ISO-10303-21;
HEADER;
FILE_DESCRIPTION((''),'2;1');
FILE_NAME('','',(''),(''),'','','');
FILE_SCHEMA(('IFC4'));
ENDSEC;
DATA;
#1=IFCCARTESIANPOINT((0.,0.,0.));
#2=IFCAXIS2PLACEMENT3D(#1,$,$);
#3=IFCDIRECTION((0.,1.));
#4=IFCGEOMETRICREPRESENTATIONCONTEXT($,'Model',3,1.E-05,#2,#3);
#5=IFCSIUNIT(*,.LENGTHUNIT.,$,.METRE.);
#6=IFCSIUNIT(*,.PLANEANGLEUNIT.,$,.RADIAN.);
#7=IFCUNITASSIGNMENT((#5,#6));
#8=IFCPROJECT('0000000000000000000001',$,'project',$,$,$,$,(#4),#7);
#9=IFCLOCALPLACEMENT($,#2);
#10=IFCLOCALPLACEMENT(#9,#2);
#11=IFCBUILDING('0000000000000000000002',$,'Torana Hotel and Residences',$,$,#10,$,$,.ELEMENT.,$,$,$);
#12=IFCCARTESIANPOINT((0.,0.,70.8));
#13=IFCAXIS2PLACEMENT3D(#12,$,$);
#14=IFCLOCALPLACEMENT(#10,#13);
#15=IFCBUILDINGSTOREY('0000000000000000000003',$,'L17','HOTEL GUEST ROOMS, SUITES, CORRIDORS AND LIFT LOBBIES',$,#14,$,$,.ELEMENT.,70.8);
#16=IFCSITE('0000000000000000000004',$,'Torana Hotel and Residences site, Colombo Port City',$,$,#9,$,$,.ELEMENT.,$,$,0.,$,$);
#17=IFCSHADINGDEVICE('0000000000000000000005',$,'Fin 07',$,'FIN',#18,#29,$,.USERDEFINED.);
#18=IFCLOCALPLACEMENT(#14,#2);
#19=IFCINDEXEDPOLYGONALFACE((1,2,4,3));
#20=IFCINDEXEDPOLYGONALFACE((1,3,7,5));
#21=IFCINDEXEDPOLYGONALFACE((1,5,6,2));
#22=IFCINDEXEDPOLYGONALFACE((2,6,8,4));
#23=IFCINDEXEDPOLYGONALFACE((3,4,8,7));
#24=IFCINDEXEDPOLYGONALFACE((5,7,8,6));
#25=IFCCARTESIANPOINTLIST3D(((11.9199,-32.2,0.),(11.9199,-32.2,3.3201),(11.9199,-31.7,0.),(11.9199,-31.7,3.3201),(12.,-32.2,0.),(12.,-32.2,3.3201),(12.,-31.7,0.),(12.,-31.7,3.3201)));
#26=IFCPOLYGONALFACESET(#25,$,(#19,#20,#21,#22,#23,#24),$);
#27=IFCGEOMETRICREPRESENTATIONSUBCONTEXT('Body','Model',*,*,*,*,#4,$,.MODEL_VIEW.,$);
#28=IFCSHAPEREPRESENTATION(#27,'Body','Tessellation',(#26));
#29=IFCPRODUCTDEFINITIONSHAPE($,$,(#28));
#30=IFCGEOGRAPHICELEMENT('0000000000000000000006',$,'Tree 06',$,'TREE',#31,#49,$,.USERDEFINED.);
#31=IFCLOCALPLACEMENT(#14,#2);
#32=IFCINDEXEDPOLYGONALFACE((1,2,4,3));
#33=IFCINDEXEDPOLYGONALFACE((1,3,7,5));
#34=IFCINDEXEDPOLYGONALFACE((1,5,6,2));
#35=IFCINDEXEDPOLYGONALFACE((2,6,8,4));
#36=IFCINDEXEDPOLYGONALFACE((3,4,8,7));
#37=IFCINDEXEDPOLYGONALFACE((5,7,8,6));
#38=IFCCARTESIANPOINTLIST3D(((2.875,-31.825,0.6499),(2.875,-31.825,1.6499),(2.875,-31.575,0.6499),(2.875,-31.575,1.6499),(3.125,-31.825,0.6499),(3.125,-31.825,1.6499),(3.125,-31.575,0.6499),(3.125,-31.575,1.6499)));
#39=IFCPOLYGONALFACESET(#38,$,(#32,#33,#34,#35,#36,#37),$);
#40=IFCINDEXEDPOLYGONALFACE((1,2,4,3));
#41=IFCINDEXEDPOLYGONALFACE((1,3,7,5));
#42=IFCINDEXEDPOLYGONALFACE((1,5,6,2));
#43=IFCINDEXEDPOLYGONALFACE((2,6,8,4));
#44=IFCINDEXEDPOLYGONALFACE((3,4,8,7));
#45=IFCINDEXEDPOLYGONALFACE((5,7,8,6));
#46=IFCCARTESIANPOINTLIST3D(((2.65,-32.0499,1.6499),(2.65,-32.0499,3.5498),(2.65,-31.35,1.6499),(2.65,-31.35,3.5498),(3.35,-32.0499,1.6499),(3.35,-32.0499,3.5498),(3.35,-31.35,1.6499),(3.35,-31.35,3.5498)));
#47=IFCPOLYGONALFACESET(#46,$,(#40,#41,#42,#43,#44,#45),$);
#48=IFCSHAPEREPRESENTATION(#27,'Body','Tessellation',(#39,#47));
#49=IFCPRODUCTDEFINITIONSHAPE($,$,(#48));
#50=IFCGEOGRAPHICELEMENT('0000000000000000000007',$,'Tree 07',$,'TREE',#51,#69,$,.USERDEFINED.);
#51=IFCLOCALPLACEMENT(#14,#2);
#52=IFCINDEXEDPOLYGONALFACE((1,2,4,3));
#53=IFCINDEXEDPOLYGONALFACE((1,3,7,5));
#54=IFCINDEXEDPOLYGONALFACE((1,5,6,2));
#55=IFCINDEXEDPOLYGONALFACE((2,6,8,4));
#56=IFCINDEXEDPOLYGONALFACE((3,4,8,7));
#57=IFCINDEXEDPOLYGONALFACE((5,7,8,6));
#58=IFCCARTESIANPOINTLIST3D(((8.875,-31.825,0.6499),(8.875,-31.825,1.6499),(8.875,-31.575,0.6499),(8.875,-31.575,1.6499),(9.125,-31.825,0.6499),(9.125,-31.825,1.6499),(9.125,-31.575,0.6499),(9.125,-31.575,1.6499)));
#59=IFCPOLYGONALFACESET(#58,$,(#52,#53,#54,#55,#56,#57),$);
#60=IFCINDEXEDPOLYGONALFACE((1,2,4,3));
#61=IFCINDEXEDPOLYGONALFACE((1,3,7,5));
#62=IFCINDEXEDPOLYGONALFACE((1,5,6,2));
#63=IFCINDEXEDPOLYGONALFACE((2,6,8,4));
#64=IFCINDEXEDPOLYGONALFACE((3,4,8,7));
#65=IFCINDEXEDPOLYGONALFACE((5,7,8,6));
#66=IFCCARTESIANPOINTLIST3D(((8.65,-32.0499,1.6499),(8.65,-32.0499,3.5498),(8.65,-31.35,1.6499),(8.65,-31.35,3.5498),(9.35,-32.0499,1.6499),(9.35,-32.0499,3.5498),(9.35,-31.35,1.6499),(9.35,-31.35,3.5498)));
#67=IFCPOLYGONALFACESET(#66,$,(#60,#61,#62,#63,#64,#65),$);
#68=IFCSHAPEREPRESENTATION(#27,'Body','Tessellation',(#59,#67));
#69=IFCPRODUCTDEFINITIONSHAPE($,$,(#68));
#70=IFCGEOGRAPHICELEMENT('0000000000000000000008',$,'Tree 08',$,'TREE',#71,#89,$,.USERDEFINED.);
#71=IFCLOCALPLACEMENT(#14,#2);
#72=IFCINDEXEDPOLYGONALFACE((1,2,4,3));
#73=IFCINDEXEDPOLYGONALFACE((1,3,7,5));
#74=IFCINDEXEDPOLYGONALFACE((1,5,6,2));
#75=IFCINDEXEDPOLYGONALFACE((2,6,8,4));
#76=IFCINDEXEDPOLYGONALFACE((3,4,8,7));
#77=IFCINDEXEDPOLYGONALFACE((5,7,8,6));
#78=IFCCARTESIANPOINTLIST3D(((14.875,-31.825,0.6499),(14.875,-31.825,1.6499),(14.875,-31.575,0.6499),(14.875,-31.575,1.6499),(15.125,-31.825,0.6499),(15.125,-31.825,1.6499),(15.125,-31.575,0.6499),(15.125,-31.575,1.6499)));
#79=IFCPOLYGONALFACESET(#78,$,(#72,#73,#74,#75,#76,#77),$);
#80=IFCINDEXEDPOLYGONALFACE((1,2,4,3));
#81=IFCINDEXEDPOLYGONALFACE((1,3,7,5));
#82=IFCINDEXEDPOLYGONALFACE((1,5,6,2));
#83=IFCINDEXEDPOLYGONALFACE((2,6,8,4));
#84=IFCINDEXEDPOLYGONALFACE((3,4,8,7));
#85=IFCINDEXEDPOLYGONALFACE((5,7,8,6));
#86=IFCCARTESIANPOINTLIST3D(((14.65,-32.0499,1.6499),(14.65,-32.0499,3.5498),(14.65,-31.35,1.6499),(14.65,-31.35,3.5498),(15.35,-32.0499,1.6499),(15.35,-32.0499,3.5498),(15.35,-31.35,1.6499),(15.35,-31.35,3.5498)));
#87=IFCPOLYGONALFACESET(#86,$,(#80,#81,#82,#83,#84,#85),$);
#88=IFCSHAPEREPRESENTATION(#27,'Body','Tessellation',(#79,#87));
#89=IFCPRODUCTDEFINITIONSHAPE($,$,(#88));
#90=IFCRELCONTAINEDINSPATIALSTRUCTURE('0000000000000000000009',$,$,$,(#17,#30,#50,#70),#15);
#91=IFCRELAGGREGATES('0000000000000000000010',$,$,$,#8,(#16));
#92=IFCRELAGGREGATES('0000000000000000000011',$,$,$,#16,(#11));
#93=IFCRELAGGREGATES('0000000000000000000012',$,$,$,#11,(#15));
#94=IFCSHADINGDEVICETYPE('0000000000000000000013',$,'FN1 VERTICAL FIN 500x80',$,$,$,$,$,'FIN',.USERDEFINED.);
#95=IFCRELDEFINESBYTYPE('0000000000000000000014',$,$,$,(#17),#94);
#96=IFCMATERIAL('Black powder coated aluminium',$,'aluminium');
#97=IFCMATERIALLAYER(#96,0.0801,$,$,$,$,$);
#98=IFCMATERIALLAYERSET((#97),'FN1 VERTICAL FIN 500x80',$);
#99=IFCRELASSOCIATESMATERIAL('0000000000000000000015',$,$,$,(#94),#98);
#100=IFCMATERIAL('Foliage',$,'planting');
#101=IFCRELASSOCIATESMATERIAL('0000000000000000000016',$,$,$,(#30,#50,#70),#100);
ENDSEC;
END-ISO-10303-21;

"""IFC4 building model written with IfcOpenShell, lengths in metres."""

from ifc_helpers import new_model, si_unit, direction, frame, origin, origin_2d, place, context, subcontext, project, spatial, rectangle, extrude, material, layer, layer_set, type_object, element, save


model = new_model("IFC4")

# Units and contexts
model_context = context("Model", 3, precision=1e-05, world=origin(), true_north=direction((0.0, 1.0)))
body_context = subcontext(model_context, "Body", "Model", "MODEL_VIEW")
ifc_project = project(units=[si_unit("LENGTHUNIT", "METRE"), si_unit("PLANEANGLEUNIT", "RADIAN")], contexts=[model_context])

# Site, building, storey
site_placement = place(None, origin())
site = spatial("IfcSite", under=ifc_project, at=site_placement, Name="Torana Hotel and Residences site, Colombo Port City", CompositionType="ELEMENT", RefElevation=0.0)
building_placement = place(site_placement, origin())
building = spatial("IfcBuilding", under=site, at=building_placement, Name="Torana Hotel and Residences", CompositionType="ELEMENT")
storey_placement = place(building_placement, frame((0.0, 0.0, 70.8)))
storey = spatial("IfcBuildingStorey", under=building, at=storey_placement, Name="L17", Description="HOTEL GUEST ROOMS, SUITES, CORRIDORS AND LIFT LOBBIES", CompositionType="ELEMENT", Elevation=70.8)

# Shading device
ifc_material_1 = material(Name="Black powder coated aluminium", Category="aluminium")
ifc_layer_1 = layer(ifc_material_1, 0.0801)
ifc_layer_set_1 = layer_set([ifc_layer_1], Name="FN1 VERTICAL FIN 500x80")
shading_device_type = type_object("IfcShadingDeviceType", Name="FN1 VERTICAL FIN 500x80", ElementType="FIN", PredefinedType="USERDEFINED", material=ifc_layer_set_1)
shading_device_placement = place(storey_placement, frame((11.96, -31.95, 0.0), z_axis=(0.0, 0.0, 1.0), x_axis=(-1.0, 0.0, 0.0)))
element("IfcShadingDevice", 1, at=shading_device_placement, inside=storey, type_object=shading_device_type, Name="Fin 07", ObjectType="FIN", PredefinedType="USERDEFINED", context=body_context, shape_type="SweptSolid", body=[
    extrude(rectangle(XDim=0.0801, YDim=0.5, at=origin_2d()), origin(), (0.0, 0.0, 1.0), 3.3201),
])

# Geographic elements
ifc_material_2 = material(Name="Foliage", Category="planting")
for number, where, z_axis, x_axis, name in (
    (2, (3.0, -31.7, 0.6499), (0.0, 0.0, 1.0), (1.0, 0.0, 0.0), "Tree 06"),
    (3, (9.0, -31.7, 0.6499), (0.0, 0.0, 1.0), (1.0, 0.0, 0.0), "Tree 07"),
    (4, (15.0, -31.7, 0.6499), (0.0, 0.0, 1.0), (1.0, 0.0, 0.0), "Tree 08"),
):
    element("IfcGeographicElement", number, at=place(storey_placement, frame(where, z_axis=z_axis, x_axis=x_axis)), inside=storey, material=ifc_material_2, Name=name, ObjectType="TREE", PredefinedType="USERDEFINED", context=body_context, shape_type="SweptSolid", body=[
        extrude(rectangle(XDim=0.25, YDim=0.25, at=origin_2d()), origin(), (0.0, 0.0, 1.0), 1.0),
        extrude(rectangle(XDim=0.7, YDim=0.7, at=origin_2d()), frame((0.0, 0.0, 1.0)), (0.0, 0.0, 1.0), 1.8999),
    ])

save(model, "model.ifc")
